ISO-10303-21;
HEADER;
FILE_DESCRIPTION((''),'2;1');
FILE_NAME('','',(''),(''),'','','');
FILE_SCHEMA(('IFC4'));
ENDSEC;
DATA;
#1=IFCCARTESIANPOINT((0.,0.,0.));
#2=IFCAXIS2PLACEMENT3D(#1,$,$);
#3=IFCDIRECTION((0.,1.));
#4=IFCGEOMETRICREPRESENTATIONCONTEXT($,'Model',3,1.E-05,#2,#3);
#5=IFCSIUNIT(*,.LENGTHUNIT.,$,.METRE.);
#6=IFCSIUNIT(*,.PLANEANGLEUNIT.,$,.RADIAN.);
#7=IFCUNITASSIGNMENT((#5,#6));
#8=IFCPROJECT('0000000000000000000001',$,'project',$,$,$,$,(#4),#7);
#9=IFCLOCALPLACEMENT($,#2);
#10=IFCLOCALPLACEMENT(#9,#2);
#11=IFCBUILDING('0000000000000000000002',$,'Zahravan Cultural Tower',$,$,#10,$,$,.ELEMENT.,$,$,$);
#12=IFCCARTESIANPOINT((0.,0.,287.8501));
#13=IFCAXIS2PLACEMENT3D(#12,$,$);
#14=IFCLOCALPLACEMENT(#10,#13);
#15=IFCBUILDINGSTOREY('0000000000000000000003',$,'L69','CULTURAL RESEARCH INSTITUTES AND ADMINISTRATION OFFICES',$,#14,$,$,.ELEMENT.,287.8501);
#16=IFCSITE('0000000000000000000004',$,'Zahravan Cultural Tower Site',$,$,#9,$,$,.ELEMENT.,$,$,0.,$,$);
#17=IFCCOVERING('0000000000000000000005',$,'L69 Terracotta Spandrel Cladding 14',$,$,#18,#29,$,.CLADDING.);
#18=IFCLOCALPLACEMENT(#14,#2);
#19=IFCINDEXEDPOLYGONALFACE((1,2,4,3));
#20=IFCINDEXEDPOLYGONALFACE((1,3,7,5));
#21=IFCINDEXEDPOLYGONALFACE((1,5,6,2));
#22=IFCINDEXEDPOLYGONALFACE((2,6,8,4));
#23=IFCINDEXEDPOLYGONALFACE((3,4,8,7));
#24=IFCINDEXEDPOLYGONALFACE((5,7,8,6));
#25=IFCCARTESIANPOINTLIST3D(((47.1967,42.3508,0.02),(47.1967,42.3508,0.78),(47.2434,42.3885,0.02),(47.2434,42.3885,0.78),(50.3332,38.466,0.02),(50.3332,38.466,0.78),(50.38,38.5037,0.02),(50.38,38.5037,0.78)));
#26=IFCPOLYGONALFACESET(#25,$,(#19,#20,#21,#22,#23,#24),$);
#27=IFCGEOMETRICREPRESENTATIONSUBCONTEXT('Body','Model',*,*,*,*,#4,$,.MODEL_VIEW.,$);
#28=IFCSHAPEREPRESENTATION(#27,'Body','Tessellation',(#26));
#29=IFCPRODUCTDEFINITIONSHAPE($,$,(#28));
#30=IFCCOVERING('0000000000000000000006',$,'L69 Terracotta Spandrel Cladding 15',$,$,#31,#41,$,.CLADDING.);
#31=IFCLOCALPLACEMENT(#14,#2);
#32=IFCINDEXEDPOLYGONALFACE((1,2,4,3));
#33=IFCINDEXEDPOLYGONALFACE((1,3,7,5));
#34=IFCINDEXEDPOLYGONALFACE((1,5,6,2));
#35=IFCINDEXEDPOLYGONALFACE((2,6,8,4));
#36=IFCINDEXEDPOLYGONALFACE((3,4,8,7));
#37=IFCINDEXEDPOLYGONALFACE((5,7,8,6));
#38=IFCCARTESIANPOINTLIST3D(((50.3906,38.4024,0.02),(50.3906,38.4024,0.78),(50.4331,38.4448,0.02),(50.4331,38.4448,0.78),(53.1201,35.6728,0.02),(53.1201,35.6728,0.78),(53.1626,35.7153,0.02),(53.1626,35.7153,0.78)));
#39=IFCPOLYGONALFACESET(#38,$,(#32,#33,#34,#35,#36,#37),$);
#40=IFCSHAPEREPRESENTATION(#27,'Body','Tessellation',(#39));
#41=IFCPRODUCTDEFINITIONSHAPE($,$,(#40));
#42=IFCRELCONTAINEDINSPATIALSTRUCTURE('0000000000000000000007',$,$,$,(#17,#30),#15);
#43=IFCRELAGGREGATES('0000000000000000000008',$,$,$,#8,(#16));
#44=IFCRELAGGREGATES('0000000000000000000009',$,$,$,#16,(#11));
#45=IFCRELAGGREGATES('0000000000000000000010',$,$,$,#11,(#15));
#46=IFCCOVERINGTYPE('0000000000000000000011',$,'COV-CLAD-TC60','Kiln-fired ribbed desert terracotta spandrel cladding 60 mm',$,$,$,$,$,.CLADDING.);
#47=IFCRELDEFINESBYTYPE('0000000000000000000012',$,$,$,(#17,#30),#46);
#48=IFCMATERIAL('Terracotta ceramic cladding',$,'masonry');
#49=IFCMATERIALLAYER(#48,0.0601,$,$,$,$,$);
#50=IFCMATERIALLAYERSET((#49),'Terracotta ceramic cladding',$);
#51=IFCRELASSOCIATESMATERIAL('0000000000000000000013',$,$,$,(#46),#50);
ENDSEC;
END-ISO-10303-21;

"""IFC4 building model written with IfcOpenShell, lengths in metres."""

from ifc_helpers import new_model, si_unit, direction, frame, origin, origin_2d, place, context, subcontext, project, spatial, rectangle, extrude, source, transform, mapped, material, layer, layer_set, type_object, element, save


model = new_model("IFC4")

# Units and contexts
model_context = context("Model", 3, precision=1e-05, world=origin(), true_north=direction((0.0, 1.0)))
body_context = subcontext(model_context, "Body", "Model", "MODEL_VIEW")
ifc_project = project(units=[si_unit("LENGTHUNIT", "METRE"), si_unit("PLANEANGLEUNIT", "RADIAN")], contexts=[model_context])

# Site, building, storey
site_placement = place(None, origin())
site = spatial("IfcSite", under=ifc_project, at=site_placement, Name="Zahravan Cultural Tower Site", CompositionType="ELEMENT", RefElevation=0.0)
building_placement = place(site_placement, origin())
building = spatial("IfcBuilding", under=site, at=building_placement, Name="Zahravan Cultural Tower", CompositionType="ELEMENT")
storey_placement = place(building_placement, frame((0.0, 0.0, 287.8501)))
storey = spatial("IfcBuildingStorey", under=building, at=storey_placement, Name="L69", Description="CULTURAL RESEARCH INSTITUTES AND ADMINISTRATION OFFICES", CompositionType="ELEMENT", Elevation=287.8501)

# Coverings
ifc_material_1 = material(Name="Terracotta ceramic cladding", Category="masonry")
ifc_layer_1 = layer(ifc_material_1, 0.0601)
ifc_layer_set_1 = layer_set([ifc_layer_1], Name="Terracotta ceramic cladding")
covering_type = type_object("IfcCoveringType", Name="COV-CLAD-TC60", Description="Kiln-fired ribbed desert terracotta spandrel cladding 60 mm", PredefinedType="CLADDING", material=ifc_layer_set_1)
shared_shape_1 = source(origin(), body_context, "Body", "SweptSolid", [
    extrude(rectangle(XDim=4.9929, YDim=0.0601, at=origin_2d()), origin(), (0.0, 0.0, 1.0), 0.76),
])
covering_1_placement = place(storey_placement, frame((48.7883, 40.4272, 0.02), z_axis=(0.0, 0.0, 1.0), x_axis=(0.628194, -0.778057, 0.0)))
element("IfcCovering", 1, at=covering_1_placement, inside=storey, type_object=covering_type, Name="L69 Terracotta Spandrel Cladding 14", PredefinedType="CLADDING", context=body_context, shape_type="MappedRepresentation", body=[
    mapped(shared_shape_1, transform((0.0, 0.0, 0.0), x_axis=(1.0, 0.0, 0.0), y_axis=(0.0, 1.0, 0.0), z_axis=(0.0, 0.0, 1.0), scale=1.0)),
])
shared_shape_2 = source(origin(), body_context, "Body", "SweptSolid", [
    extrude(rectangle(XDim=3.8601, YDim=0.0601, at=origin_2d()), origin(), (0.0, 0.0, 1.0), 0.76),
])
covering_2_placement = place(storey_placement, frame((51.7766, 37.0588, 0.02), z_axis=(0.0, 0.0, 1.0), x_axis=(0.707107, -0.707107, 0.0)))
element("IfcCovering", 2, at=covering_2_placement, inside=storey, type_object=covering_type, Name="L69 Terracotta Spandrel Cladding 15", PredefinedType="CLADDING", context=body_context, shape_type="MappedRepresentation", body=[
    mapped(shared_shape_2, transform((0.0, 0.0, 0.0), x_axis=(1.0, 0.0, 0.0), y_axis=(0.0, 1.0, 0.0), z_axis=(0.0, 0.0, 1.0), scale=1.0)),
])

save(model, "model.ifc")
